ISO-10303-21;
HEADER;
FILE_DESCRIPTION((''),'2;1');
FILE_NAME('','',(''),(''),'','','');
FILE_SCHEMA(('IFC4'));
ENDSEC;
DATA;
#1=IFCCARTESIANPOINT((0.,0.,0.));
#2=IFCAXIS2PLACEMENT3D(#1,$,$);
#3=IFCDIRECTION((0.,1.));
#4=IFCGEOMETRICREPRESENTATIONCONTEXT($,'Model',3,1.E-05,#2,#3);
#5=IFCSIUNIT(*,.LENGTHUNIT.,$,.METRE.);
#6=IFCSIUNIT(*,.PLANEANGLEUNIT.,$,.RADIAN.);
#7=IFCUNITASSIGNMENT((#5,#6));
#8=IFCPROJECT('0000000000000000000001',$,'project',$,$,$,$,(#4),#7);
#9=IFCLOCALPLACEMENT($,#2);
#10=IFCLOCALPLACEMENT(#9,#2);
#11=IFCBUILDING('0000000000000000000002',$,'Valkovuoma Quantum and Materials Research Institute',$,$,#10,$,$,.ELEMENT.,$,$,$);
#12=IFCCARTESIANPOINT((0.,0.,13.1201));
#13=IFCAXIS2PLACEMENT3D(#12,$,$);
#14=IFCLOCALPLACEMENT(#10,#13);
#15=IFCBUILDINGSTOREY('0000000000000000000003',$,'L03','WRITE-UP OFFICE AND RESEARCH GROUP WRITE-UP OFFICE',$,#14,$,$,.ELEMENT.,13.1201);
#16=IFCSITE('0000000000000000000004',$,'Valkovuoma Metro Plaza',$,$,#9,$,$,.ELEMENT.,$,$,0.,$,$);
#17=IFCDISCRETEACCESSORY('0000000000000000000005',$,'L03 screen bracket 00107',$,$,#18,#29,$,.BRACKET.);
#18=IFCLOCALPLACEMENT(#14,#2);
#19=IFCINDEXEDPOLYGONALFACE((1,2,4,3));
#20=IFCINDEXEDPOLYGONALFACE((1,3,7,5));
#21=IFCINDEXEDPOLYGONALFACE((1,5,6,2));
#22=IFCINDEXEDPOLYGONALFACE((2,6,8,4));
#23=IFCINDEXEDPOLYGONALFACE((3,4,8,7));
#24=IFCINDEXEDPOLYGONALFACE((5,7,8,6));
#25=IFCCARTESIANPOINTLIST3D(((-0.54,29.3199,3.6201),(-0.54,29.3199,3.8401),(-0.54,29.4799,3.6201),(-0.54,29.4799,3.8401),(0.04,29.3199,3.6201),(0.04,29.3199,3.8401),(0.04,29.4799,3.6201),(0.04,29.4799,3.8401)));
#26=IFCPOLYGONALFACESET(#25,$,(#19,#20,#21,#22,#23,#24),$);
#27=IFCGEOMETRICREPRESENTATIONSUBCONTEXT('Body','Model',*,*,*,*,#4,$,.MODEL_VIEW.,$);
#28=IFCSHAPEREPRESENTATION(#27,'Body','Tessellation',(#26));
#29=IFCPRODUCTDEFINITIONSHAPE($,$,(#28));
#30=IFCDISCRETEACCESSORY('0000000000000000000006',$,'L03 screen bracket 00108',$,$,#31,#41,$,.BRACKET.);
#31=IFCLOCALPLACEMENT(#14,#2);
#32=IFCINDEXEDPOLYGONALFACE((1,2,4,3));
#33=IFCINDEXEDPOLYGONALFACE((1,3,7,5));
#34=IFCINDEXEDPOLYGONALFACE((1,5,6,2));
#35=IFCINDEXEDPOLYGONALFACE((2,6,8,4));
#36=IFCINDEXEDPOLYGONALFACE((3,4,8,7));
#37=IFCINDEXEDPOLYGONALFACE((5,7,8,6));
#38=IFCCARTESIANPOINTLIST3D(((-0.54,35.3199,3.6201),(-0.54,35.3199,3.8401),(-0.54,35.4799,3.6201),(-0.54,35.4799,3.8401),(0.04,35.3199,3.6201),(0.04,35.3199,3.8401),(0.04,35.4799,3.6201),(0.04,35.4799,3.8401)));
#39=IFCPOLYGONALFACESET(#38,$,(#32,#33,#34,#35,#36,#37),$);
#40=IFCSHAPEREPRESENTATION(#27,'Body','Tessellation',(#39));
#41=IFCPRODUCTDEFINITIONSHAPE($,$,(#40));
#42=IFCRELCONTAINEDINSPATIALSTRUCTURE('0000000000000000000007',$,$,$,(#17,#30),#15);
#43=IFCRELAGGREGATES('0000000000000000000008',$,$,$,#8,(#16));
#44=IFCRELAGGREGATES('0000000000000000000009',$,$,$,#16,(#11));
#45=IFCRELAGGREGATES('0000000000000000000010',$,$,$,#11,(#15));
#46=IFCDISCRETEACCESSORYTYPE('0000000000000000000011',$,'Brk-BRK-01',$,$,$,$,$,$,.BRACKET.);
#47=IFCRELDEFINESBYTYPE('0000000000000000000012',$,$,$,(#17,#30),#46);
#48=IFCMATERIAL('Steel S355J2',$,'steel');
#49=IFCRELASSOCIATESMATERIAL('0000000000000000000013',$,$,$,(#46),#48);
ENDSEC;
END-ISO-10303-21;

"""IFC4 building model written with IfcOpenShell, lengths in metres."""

from ifc_helpers import new_model, si_unit, direction, frame, origin, origin_2d, place, context, subcontext, project, spatial, rectangle, extrude, material, type_object, element, save


model = new_model("IFC4")

# Units and contexts
model_context = context("Model", 3, precision=1e-05, world=origin(), true_north=direction((0.0, 1.0)))
body_context = subcontext(model_context, "Body", "Model", "MODEL_VIEW")
ifc_project = project(units=[si_unit("LENGTHUNIT", "METRE"), si_unit("PLANEANGLEUNIT", "RADIAN")], contexts=[model_context])

# Site, building, storey
site_placement = place(None, origin())
site = spatial("IfcSite", under=ifc_project, at=site_placement, Name="Valkovuoma Metro Plaza", CompositionType="ELEMENT", RefElevation=0.0)
building_placement = place(site_placement, origin())
building = spatial("IfcBuilding", under=site, at=building_placement, Name="Valkovuoma Quantum and Materials Research Institute", CompositionType="ELEMENT")
storey_placement = place(building_placement, frame((0.0, 0.0, 13.1201)))
storey = spatial("IfcBuildingStorey", under=building, at=storey_placement, Name="L03", Description="WRITE-UP OFFICE AND RESEARCH GROUP WRITE-UP OFFICE", CompositionType="ELEMENT", Elevation=13.1201)

# Discrete accessories
ifc_material_1 = material(Name="Steel S355J2", Category="steel")
discrete_accessory_type = type_object("IfcDiscreteAccessoryType", Name="Brk-BRK-01", PredefinedType="BRACKET", material=ifc_material_1)
for number, where, z_axis, x_axis, name in (
    (1, (-0.25, 29.3999, 3.6201), (0.0, 0.0, 1.0), (1.0, 0.0, 0.0), "L03 screen bracket 00107"),
    (2, (-0.25, 35.3999, 3.6201), (0.0, 0.0, 1.0), (1.0, 0.0, 0.0), "L03 screen bracket 00108"),
):
    element("IfcDiscreteAccessory", number, at=place(storey_placement, frame(where, z_axis=z_axis, x_axis=x_axis)), inside=storey, type_object=discrete_accessory_type, Name=name, PredefinedType="BRACKET", context=body_context, shape_type="SweptSolid", body=[
        extrude(rectangle(XDim=0.5801, YDim=0.1599, at=origin_2d()), origin(), (0.0, 0.0, 1.0), 0.22),
    ])

save(model, "model.ifc")
